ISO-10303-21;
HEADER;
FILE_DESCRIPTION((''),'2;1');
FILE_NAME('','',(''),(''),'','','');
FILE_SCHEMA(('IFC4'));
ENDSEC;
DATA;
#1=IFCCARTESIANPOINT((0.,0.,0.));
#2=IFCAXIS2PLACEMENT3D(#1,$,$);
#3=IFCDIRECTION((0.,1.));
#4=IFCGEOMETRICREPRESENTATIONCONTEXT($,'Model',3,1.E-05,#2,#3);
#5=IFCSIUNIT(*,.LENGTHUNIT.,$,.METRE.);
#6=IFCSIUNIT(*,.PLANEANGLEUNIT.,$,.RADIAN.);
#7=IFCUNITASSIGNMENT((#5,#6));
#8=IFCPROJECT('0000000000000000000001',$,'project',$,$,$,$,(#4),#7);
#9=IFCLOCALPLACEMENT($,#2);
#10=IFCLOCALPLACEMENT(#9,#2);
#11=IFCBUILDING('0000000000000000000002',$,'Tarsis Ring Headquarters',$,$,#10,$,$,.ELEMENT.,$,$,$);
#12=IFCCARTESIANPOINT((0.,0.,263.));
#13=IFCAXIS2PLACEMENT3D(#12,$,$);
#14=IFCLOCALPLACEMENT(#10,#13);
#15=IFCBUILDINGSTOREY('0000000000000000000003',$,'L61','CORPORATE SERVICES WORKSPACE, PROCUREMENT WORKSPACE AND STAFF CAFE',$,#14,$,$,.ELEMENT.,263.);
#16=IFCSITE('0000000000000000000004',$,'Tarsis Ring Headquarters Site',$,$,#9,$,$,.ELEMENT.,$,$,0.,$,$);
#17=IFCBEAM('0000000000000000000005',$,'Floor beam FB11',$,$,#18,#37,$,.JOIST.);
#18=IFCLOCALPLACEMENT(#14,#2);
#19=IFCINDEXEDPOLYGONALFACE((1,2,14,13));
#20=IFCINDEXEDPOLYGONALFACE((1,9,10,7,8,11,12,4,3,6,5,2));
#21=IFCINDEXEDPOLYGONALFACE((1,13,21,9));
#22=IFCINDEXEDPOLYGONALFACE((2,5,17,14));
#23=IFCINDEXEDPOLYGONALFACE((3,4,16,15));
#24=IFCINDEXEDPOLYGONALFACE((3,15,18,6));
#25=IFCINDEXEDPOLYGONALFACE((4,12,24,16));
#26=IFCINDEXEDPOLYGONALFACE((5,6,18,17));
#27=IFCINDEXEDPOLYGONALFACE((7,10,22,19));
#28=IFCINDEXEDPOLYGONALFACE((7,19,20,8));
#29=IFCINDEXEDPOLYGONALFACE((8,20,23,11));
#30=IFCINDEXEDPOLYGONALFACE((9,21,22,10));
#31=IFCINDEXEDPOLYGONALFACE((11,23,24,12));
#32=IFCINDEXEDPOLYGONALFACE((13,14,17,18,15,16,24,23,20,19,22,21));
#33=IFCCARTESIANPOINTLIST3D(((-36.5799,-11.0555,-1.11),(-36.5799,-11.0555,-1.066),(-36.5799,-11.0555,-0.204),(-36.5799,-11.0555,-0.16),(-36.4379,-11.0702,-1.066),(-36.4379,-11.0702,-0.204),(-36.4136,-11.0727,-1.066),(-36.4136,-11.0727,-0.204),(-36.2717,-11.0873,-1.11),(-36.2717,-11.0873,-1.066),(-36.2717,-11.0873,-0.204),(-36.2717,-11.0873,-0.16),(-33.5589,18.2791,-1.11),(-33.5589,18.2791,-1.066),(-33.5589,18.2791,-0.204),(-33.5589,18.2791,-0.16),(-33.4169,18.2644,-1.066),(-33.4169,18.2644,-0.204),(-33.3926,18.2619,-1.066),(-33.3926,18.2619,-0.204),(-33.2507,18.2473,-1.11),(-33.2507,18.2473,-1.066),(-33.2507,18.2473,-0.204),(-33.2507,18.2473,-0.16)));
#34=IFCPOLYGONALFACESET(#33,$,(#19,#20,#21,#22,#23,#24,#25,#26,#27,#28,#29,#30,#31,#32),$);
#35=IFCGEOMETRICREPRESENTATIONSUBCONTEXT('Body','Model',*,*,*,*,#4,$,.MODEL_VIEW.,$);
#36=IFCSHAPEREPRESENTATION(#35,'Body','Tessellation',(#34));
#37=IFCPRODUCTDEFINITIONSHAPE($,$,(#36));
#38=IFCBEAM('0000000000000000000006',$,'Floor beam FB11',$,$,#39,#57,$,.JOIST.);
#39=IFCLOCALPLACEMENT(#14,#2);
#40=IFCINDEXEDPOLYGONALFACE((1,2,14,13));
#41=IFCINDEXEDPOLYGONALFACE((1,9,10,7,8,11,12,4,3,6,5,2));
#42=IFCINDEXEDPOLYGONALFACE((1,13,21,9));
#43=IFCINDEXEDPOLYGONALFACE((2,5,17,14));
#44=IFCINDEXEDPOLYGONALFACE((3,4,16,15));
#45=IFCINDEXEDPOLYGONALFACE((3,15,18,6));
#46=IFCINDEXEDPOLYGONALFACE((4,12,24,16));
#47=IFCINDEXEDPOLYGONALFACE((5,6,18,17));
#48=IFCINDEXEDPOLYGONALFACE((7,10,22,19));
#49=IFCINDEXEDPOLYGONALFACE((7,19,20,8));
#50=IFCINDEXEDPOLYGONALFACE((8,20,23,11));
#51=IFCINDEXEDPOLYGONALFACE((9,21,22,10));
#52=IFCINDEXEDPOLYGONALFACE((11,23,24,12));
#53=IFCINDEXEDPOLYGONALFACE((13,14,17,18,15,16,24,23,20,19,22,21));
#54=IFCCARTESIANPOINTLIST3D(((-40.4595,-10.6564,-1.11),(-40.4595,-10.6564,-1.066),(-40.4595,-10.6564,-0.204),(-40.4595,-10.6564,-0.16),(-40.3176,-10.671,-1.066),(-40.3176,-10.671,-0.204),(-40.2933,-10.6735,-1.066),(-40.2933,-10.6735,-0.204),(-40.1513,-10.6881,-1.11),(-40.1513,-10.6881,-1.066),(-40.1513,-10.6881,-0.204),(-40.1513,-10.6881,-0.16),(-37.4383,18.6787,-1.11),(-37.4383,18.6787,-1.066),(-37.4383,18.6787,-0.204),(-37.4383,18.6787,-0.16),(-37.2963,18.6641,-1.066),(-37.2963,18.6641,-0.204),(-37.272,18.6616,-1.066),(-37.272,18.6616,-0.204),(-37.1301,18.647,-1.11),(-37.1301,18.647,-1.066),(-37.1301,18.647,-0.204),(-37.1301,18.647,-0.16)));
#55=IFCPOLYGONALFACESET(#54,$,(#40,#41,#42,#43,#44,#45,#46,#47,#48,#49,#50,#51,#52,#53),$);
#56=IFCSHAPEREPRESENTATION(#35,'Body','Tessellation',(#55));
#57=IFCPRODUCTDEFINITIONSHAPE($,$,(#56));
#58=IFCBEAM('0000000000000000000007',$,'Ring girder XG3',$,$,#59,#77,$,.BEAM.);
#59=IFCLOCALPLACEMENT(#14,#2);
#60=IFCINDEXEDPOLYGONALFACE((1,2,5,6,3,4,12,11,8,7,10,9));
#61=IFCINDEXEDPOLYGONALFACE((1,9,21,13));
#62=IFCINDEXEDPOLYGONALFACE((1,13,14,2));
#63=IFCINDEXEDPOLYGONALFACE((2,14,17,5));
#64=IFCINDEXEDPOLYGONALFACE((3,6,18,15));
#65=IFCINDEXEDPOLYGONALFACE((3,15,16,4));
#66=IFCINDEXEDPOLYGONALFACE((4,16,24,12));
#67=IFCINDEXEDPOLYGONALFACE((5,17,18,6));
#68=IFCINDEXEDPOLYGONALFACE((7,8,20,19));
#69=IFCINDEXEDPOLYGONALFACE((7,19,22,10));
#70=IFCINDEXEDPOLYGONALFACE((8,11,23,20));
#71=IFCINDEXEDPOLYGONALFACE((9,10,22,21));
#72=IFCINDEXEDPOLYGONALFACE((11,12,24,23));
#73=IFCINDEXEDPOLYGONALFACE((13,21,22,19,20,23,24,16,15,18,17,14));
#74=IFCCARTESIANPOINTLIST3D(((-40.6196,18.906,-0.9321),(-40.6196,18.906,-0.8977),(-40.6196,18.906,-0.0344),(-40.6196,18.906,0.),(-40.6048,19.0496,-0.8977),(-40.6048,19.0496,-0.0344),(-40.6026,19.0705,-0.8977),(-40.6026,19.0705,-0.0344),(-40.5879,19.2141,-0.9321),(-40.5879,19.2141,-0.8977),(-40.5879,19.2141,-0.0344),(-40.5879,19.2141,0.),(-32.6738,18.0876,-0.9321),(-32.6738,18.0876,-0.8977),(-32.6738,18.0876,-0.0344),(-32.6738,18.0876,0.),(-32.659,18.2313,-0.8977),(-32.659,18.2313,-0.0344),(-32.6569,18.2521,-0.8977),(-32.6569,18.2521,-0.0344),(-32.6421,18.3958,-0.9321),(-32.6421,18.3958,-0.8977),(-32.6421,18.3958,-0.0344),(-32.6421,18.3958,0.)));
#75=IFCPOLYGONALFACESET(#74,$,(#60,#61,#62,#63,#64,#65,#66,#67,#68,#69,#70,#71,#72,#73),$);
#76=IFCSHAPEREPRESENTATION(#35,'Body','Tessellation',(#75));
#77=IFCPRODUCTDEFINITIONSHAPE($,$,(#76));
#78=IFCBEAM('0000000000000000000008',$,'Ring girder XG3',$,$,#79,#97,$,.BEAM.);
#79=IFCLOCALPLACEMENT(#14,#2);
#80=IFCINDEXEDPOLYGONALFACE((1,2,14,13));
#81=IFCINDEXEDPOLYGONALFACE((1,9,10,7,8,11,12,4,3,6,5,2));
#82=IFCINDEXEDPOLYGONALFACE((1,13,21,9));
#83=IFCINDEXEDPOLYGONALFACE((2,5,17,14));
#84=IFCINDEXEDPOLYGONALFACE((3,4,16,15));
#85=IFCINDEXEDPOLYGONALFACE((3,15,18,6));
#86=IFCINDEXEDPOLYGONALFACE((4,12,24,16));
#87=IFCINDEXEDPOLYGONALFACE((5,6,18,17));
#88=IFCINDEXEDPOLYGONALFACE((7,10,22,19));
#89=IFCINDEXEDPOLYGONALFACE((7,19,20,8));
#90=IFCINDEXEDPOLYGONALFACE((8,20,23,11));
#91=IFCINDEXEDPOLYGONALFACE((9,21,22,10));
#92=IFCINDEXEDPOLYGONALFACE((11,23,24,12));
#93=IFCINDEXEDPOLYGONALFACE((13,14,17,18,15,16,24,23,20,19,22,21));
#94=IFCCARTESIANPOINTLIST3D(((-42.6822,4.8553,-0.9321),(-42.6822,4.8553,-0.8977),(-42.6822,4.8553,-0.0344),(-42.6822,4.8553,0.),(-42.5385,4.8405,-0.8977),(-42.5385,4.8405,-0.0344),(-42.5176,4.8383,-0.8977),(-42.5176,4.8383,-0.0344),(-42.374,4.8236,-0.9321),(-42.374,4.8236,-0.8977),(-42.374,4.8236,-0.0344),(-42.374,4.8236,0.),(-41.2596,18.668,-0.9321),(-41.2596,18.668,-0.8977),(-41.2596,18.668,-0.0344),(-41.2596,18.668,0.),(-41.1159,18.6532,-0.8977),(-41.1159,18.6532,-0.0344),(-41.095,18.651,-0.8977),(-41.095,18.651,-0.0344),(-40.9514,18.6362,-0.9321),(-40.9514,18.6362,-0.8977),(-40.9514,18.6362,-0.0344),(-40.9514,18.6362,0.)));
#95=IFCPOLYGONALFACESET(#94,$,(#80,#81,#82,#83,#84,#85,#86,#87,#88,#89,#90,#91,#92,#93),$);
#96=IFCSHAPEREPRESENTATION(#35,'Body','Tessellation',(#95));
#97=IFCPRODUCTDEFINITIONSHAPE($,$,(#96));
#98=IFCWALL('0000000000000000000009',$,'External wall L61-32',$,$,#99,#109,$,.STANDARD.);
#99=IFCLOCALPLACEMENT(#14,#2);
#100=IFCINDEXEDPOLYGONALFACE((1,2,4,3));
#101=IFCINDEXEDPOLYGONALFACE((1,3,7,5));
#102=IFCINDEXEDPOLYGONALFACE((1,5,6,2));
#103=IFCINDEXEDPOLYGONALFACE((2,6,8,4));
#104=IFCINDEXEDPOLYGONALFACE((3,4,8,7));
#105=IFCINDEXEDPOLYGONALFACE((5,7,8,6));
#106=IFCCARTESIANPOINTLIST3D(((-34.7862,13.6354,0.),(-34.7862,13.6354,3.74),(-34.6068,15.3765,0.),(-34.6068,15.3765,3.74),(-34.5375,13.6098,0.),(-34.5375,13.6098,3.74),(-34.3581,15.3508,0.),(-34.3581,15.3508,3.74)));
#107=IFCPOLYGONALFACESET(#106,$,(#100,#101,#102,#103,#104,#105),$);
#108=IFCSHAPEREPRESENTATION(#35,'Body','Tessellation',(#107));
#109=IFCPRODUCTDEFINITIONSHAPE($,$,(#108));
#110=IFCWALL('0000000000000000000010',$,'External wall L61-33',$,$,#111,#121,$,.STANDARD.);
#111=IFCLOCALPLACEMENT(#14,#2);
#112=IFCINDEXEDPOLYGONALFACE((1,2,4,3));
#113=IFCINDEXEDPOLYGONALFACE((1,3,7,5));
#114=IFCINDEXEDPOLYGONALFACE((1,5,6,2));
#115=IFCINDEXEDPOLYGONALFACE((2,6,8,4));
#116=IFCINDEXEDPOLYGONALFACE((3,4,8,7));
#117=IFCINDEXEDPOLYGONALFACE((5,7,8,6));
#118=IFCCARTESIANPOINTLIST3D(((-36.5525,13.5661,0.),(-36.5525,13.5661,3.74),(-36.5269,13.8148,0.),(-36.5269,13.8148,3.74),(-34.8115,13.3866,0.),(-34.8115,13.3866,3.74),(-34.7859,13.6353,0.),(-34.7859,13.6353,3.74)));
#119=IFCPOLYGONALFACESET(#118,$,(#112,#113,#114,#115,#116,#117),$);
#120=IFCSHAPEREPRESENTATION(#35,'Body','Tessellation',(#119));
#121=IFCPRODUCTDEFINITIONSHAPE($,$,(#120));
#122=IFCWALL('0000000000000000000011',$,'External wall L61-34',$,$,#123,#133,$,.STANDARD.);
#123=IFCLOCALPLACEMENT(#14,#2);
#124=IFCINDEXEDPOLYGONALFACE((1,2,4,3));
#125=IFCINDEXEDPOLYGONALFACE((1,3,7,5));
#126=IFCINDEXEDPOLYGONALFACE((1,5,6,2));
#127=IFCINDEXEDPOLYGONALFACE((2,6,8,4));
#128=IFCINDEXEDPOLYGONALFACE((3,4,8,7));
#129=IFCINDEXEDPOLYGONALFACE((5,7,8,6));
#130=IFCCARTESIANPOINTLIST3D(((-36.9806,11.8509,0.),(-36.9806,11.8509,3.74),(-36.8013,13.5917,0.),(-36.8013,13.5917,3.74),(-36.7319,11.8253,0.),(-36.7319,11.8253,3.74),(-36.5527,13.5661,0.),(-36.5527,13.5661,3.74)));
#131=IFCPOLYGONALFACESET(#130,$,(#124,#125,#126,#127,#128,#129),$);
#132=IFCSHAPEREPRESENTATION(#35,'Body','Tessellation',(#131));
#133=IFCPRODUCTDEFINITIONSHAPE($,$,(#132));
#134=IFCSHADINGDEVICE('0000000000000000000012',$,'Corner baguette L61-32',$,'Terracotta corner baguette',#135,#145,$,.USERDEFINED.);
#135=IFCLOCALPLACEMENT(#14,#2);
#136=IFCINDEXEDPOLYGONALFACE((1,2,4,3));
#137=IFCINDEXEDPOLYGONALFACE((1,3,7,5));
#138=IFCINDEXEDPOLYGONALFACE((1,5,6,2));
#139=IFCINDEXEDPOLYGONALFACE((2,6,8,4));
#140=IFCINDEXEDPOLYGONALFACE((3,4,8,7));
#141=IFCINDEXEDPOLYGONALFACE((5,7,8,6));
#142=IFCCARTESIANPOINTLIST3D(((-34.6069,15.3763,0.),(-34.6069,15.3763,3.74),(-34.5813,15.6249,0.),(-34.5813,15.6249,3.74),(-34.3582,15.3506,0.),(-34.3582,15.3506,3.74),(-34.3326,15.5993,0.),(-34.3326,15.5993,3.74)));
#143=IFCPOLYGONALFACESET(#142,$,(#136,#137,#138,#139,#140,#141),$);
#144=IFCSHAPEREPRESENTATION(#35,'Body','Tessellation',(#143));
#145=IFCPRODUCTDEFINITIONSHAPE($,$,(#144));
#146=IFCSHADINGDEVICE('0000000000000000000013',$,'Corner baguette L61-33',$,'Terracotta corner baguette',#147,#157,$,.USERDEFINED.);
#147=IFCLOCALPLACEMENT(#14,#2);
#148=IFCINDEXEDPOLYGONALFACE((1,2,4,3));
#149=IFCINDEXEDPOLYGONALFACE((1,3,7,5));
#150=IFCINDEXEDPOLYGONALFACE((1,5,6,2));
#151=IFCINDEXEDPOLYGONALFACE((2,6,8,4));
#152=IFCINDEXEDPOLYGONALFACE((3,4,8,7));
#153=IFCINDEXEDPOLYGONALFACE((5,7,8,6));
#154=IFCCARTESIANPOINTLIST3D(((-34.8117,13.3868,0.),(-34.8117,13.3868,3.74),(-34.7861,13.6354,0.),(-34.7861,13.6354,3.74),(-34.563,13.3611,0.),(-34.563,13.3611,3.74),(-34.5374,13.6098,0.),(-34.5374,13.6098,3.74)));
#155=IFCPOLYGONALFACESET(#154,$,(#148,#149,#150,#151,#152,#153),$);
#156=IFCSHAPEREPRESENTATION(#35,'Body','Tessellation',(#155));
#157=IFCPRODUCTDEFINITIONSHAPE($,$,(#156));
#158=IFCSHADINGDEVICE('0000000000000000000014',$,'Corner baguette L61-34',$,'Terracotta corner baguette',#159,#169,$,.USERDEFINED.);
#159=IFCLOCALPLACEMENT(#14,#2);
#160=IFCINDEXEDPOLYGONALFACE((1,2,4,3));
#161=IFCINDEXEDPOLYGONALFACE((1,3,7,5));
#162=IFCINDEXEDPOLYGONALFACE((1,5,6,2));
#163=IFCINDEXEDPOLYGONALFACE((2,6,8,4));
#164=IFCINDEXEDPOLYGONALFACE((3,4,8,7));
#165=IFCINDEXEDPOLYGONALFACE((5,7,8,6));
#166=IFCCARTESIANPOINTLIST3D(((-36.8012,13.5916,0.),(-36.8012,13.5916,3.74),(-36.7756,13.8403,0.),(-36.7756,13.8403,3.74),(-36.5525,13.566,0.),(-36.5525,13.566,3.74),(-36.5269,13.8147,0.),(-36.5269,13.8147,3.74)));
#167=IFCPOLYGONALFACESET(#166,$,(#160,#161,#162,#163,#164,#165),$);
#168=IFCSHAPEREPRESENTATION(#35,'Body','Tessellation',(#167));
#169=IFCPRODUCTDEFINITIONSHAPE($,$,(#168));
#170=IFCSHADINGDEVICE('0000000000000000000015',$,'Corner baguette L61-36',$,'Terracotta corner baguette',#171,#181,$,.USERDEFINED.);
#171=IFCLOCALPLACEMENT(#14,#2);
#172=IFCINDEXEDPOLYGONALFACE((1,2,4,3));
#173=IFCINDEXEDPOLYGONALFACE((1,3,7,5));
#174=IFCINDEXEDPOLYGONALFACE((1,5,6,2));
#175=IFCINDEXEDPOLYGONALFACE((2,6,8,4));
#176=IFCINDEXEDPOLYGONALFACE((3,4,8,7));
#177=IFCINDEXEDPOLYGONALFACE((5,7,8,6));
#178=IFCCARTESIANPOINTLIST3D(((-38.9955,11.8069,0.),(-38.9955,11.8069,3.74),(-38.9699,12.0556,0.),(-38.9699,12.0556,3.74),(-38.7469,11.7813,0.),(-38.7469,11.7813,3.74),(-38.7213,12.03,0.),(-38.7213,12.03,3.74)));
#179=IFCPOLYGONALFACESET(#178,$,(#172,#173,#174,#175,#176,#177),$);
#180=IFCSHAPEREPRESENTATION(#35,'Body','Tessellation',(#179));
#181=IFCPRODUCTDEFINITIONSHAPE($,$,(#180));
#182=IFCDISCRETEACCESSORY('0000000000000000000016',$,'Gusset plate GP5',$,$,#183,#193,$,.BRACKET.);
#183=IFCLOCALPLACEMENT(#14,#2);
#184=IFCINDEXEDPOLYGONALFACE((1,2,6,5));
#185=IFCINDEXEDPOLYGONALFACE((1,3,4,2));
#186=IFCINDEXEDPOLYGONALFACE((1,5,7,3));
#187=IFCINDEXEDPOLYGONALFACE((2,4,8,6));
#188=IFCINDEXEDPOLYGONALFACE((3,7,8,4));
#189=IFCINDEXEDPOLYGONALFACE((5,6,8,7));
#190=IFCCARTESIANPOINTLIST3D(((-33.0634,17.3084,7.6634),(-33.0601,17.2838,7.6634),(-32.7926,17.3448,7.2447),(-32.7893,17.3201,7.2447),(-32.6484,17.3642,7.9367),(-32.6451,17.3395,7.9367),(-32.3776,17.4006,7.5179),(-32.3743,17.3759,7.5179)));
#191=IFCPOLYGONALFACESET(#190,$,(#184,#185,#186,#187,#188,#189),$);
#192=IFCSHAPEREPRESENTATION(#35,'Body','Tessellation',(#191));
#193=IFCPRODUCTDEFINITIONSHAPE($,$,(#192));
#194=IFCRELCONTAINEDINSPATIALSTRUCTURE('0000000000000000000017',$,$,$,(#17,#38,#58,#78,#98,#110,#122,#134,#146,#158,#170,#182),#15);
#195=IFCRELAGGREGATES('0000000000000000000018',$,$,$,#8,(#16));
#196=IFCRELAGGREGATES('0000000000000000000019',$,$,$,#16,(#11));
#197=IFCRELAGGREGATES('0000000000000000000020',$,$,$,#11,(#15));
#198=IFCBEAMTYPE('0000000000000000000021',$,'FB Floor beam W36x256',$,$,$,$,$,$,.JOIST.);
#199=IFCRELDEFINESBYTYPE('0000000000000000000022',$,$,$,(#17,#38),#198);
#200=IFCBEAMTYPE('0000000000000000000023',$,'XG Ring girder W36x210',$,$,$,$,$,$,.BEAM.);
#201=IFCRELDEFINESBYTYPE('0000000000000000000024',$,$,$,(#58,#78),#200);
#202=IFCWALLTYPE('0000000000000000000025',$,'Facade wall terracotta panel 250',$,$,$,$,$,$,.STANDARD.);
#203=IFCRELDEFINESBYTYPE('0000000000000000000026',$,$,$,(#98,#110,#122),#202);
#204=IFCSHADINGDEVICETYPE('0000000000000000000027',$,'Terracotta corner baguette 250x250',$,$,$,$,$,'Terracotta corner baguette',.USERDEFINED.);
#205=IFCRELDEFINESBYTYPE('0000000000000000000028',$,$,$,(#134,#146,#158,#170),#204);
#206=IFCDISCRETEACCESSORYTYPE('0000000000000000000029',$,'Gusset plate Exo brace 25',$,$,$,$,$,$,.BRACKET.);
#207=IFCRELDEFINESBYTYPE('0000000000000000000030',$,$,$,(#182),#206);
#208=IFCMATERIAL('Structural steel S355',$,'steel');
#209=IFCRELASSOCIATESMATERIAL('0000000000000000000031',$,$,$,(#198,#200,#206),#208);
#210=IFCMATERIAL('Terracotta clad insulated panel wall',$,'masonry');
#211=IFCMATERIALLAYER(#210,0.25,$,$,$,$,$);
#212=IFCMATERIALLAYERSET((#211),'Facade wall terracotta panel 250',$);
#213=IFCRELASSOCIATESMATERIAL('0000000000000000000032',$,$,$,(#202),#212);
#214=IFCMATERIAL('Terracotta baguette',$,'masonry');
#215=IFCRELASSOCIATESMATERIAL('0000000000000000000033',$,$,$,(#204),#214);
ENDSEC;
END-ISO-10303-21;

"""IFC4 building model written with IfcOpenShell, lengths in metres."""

from ifc_helpers import new_model, si_unit, direction, frame, frame_2d, origin, origin_2d, place, context, subcontext, project, spatial, rectangle, i_section, extrude, material, layer, layer_set, material_profile, profile_set, type_object, element, save


model = new_model("IFC4")

# Units and contexts
model_context = context("Model", 3, precision=1e-05, world=origin(), true_north=direction((0.0, 1.0)))
body_context = subcontext(model_context, "Body", "Model", "MODEL_VIEW")
ifc_project = project(units=[si_unit("LENGTHUNIT", "METRE"), si_unit("PLANEANGLEUNIT", "RADIAN")], contexts=[model_context])

# Site, building, storey
site_placement = place(None, origin())
site = spatial("IfcSite", under=ifc_project, at=site_placement, Name="Tarsis Ring Headquarters Site", CompositionType="ELEMENT", RefElevation=0.0)
building_placement = place(site_placement, origin())
building = spatial("IfcBuilding", under=site, at=building_placement, Name="Tarsis Ring Headquarters", CompositionType="ELEMENT")
storey_placement = place(building_placement, frame((0.0, 0.0, 263.0)))
storey = spatial("IfcBuildingStorey", under=building, at=storey_placement, Name="L61", Description="CORPORATE SERVICES WORKSPACE, PROCUREMENT WORKSPACE AND STAFF CAFE", CompositionType="ELEMENT", Elevation=263.0)

# Shared definitions
ifc_material_1 = material(Name="Structural steel S355", Category="steel")

# Beams
ifc_material_profile_1 = material_profile(ifc_material_1, i_section(OverallWidth=0.3098, OverallDepth=0.95, WebThickness=0.0244, FlangeThickness=0.0439, at=origin_2d()), Name="W36x256")
ifc_profile_set_1 = profile_set([ifc_material_profile_1], Name="Structural steel S355")
beam_type_1 = type_object("IfcBeamType", Name="FB Floor beam W36x256", PredefinedType="JOIST", material=ifc_profile_set_1)
beam_1_placement = place(storey_placement, frame((-33.4048, 18.2632, -0.635), z_axis=(-0.102442, -0.994739, 0.0), x_axis=(0.994739, -0.102442, 0.0)))
element("IfcBeam", 1, at=beam_1_placement, inside=storey, type_object=beam_type_1, Name="Floor beam FB11", PredefinedType="JOIST", context=body_context, shape_type="SweptSolid", body=[
    extrude(i_section(OverallWidth=0.3098, OverallDepth=0.95, WebThickness=0.0244, FlangeThickness=0.0439, at=origin_2d()), origin(), (0.0, 0.0, 1.0), 29.4897),
])
beam_2_placement = place(storey_placement, frame((-37.2842, 18.6628, -0.635), z_axis=(-0.102449, -0.994738, 0.0), x_axis=(0.994738, -0.102449, 0.0)))
element("IfcBeam", 2, at=beam_2_placement, inside=storey, type_object=beam_type_1, Name="Floor beam FB11", PredefinedType="JOIST", context=body_context, shape_type="SweptSolid", body=[
    extrude(i_section(OverallWidth=0.3098, OverallDepth=0.95, WebThickness=0.0244, FlangeThickness=0.0439, at=origin_2d()), origin(), (0.0, 0.0, 1.0), 29.4902),
])
ifc_material_profile_2 = material_profile(ifc_material_1, i_section(OverallWidth=0.3098, OverallDepth=0.9321, WebThickness=0.021, FlangeThickness=0.0344, at=origin_2d()), Name="W36x210")
ifc_profile_set_2 = profile_set([ifc_material_profile_2], Name="Structural steel S355")
beam_type_2 = type_object("IfcBeamType", Name="XG Ring girder W36x210", PredefinedType="BEAM", material=ifc_profile_set_2)
beam_3_placement = place(storey_placement, frame((-32.658, 18.2417, -0.4661), z_axis=(-0.994738, 0.102451, 0.0), x_axis=(-0.102451, -0.994738, 0.0)))
element("IfcBeam", 3, at=beam_3_placement, inside=storey, type_object=beam_type_2, Name="Ring girder XG3", PredefinedType="BEAM", context=body_context, shape_type="SweptSolid", body=[
    extrude(i_section(OverallWidth=0.3098, OverallDepth=0.9321, WebThickness=0.021, FlangeThickness=0.0344, at=origin_2d()), origin(), (0.0, 0.0, 1.0), 7.9878),
])
beam_4_placement = place(storey_placement, frame((-41.1055, 18.6521, -0.4661), z_axis=(-0.10245, -0.994738, 0.0), x_axis=(0.994738, -0.10245, 0.0)))
element("IfcBeam", 4, at=beam_4_placement, inside=storey, type_object=beam_type_2, Name="Ring girder XG3", PredefinedType="BEAM", context=body_context, shape_type="SweptSolid", body=[
    extrude(i_section(OverallWidth=0.3098, OverallDepth=0.9321, WebThickness=0.021, FlangeThickness=0.0344, at=origin_2d()), origin(), (0.0, 0.0, 1.0), 13.8857),
])

# Walls
ifc_material_2 = material(Name="Terracotta clad insulated panel wall", Category="masonry")
ifc_layer = layer(ifc_material_2, 0.25)
ifc_layer_set = layer_set([ifc_layer], Name="Facade wall terracotta panel 250")
wall_type = type_object("IfcWallType", Name="Facade wall terracotta panel 250", PredefinedType="STANDARD", material=ifc_layer_set)
for number, where, z_axis, x_axis, name in (
    (5, (-34.4824, 15.3635, 0.0), (0.0, 0.0, 1.0), (-0.102528, -0.99473, 0.0), "External wall L61-32"),
    (6, (-34.7988, 13.511, 0.0), (0.0, 0.0, 1.0), (-0.99473, 0.102528, 0.0), "External wall L61-33"),
):
    element("IfcWall", number, at=place(storey_placement, frame(where, z_axis=z_axis, x_axis=x_axis)), inside=storey, type_object=wall_type, Name=name, PredefinedType="STANDARD", context=body_context, shape_type="SweptSolid", body=[
        extrude(rectangle(XDim=1.7502, YDim=0.25, at=frame_2d((0.875, 0.0))), origin(), (0.0, 0.0, 1.0), 3.74),
    ])
wall_placement = place(storey_placement, frame((-36.677, 13.5789, 0.0), z_axis=(0.0, 0.0, 1.0), x_axis=(-0.102404, -0.994743, 0.0)))
element("IfcWall", 7, at=wall_placement, inside=storey, type_object=wall_type, Name="External wall L61-34", PredefinedType="STANDARD", context=body_context, shape_type="SweptSolid", body=[
    extrude(rectangle(XDim=1.75, YDim=0.25, at=frame_2d((0.875, 0.0))), origin(), (0.0, 0.0, 1.0), 3.74),
])

# Shading devices
ifc_material_3 = material(Name="Terracotta baguette", Category="masonry")
shading_device_type_1 = type_object("IfcShadingDeviceType", Name="Terracotta corner baguette 250x250", ElementType="Terracotta corner baguette", PredefinedType="USERDEFINED", material=ifc_material_3)
for number, where, z_axis, x_axis, name in (
    (8, (-34.4697, 15.4878, 0.0), (0.0, 0.0, 1.0), (-0.994739, 0.102445, 0.0), "Corner baguette L61-32"),
    (9, (-34.6746, 13.4983, 0.0), (0.0, 0.0, 1.0), (-0.102445, -0.994739, 0.0), "Corner baguette L61-33"),
    (10, (-36.6641, 13.7031, 0.0), (0.0, 0.0, 1.0), (-0.994739, 0.102446, 0.0), "Corner baguette L61-34"),
    (11, (-38.8584, 11.9185, 0.0), (0.0, 0.0, 1.0), (-0.994739, 0.102445, 0.0), "Corner baguette L61-36"),
):
    element("IfcShadingDevice", number, at=place(storey_placement, frame(where, z_axis=z_axis, x_axis=x_axis)), inside=storey, type_object=shading_device_type_1, Name=name, ObjectType="Terracotta corner baguette", PredefinedType="USERDEFINED", context=body_context, shape_type="SweptSolid", body=[
        extrude(rectangle(XDim=0.25, YDim=0.25, at=origin_2d()), origin(), (0.0, 0.0, 1.0), 3.74),
    ])

# Discrete accessory
ifc_material_profile_3 = material_profile(ifc_material_1, rectangle(XDim=0.0249, YDim=0.5, at=origin_2d()), Name="PL 25x500")
ifc_profile_set_3 = profile_set([ifc_material_profile_3], Name="Structural steel S355")
discrete_accessory_type = type_object("IfcDiscreteAccessoryType", Name="Gusset plate Exo brace 25", PredefinedType="BRACKET", material=ifc_profile_set_3)
discrete_accessory_placement = place(storey_placement, frame((-32.8542, 17.324, 7.8), z_axis=(0.541568, 0.072763, -0.837502), x_axis=(-0.133159, 0.991095, 0.0)))
element("IfcDiscreteAccessory", 12, at=discrete_accessory_placement, inside=storey, type_object=discrete_accessory_type, Name="Gusset plate GP5", PredefinedType="BRACKET", context=body_context, shape_type="SweptSolid", body=[
    extrude(rectangle(XDim=0.0249, YDim=0.5, at=origin_2d()), origin(), (0.0, 0.0, 1.0), 0.5),
])

save(model, "model.ifc")
